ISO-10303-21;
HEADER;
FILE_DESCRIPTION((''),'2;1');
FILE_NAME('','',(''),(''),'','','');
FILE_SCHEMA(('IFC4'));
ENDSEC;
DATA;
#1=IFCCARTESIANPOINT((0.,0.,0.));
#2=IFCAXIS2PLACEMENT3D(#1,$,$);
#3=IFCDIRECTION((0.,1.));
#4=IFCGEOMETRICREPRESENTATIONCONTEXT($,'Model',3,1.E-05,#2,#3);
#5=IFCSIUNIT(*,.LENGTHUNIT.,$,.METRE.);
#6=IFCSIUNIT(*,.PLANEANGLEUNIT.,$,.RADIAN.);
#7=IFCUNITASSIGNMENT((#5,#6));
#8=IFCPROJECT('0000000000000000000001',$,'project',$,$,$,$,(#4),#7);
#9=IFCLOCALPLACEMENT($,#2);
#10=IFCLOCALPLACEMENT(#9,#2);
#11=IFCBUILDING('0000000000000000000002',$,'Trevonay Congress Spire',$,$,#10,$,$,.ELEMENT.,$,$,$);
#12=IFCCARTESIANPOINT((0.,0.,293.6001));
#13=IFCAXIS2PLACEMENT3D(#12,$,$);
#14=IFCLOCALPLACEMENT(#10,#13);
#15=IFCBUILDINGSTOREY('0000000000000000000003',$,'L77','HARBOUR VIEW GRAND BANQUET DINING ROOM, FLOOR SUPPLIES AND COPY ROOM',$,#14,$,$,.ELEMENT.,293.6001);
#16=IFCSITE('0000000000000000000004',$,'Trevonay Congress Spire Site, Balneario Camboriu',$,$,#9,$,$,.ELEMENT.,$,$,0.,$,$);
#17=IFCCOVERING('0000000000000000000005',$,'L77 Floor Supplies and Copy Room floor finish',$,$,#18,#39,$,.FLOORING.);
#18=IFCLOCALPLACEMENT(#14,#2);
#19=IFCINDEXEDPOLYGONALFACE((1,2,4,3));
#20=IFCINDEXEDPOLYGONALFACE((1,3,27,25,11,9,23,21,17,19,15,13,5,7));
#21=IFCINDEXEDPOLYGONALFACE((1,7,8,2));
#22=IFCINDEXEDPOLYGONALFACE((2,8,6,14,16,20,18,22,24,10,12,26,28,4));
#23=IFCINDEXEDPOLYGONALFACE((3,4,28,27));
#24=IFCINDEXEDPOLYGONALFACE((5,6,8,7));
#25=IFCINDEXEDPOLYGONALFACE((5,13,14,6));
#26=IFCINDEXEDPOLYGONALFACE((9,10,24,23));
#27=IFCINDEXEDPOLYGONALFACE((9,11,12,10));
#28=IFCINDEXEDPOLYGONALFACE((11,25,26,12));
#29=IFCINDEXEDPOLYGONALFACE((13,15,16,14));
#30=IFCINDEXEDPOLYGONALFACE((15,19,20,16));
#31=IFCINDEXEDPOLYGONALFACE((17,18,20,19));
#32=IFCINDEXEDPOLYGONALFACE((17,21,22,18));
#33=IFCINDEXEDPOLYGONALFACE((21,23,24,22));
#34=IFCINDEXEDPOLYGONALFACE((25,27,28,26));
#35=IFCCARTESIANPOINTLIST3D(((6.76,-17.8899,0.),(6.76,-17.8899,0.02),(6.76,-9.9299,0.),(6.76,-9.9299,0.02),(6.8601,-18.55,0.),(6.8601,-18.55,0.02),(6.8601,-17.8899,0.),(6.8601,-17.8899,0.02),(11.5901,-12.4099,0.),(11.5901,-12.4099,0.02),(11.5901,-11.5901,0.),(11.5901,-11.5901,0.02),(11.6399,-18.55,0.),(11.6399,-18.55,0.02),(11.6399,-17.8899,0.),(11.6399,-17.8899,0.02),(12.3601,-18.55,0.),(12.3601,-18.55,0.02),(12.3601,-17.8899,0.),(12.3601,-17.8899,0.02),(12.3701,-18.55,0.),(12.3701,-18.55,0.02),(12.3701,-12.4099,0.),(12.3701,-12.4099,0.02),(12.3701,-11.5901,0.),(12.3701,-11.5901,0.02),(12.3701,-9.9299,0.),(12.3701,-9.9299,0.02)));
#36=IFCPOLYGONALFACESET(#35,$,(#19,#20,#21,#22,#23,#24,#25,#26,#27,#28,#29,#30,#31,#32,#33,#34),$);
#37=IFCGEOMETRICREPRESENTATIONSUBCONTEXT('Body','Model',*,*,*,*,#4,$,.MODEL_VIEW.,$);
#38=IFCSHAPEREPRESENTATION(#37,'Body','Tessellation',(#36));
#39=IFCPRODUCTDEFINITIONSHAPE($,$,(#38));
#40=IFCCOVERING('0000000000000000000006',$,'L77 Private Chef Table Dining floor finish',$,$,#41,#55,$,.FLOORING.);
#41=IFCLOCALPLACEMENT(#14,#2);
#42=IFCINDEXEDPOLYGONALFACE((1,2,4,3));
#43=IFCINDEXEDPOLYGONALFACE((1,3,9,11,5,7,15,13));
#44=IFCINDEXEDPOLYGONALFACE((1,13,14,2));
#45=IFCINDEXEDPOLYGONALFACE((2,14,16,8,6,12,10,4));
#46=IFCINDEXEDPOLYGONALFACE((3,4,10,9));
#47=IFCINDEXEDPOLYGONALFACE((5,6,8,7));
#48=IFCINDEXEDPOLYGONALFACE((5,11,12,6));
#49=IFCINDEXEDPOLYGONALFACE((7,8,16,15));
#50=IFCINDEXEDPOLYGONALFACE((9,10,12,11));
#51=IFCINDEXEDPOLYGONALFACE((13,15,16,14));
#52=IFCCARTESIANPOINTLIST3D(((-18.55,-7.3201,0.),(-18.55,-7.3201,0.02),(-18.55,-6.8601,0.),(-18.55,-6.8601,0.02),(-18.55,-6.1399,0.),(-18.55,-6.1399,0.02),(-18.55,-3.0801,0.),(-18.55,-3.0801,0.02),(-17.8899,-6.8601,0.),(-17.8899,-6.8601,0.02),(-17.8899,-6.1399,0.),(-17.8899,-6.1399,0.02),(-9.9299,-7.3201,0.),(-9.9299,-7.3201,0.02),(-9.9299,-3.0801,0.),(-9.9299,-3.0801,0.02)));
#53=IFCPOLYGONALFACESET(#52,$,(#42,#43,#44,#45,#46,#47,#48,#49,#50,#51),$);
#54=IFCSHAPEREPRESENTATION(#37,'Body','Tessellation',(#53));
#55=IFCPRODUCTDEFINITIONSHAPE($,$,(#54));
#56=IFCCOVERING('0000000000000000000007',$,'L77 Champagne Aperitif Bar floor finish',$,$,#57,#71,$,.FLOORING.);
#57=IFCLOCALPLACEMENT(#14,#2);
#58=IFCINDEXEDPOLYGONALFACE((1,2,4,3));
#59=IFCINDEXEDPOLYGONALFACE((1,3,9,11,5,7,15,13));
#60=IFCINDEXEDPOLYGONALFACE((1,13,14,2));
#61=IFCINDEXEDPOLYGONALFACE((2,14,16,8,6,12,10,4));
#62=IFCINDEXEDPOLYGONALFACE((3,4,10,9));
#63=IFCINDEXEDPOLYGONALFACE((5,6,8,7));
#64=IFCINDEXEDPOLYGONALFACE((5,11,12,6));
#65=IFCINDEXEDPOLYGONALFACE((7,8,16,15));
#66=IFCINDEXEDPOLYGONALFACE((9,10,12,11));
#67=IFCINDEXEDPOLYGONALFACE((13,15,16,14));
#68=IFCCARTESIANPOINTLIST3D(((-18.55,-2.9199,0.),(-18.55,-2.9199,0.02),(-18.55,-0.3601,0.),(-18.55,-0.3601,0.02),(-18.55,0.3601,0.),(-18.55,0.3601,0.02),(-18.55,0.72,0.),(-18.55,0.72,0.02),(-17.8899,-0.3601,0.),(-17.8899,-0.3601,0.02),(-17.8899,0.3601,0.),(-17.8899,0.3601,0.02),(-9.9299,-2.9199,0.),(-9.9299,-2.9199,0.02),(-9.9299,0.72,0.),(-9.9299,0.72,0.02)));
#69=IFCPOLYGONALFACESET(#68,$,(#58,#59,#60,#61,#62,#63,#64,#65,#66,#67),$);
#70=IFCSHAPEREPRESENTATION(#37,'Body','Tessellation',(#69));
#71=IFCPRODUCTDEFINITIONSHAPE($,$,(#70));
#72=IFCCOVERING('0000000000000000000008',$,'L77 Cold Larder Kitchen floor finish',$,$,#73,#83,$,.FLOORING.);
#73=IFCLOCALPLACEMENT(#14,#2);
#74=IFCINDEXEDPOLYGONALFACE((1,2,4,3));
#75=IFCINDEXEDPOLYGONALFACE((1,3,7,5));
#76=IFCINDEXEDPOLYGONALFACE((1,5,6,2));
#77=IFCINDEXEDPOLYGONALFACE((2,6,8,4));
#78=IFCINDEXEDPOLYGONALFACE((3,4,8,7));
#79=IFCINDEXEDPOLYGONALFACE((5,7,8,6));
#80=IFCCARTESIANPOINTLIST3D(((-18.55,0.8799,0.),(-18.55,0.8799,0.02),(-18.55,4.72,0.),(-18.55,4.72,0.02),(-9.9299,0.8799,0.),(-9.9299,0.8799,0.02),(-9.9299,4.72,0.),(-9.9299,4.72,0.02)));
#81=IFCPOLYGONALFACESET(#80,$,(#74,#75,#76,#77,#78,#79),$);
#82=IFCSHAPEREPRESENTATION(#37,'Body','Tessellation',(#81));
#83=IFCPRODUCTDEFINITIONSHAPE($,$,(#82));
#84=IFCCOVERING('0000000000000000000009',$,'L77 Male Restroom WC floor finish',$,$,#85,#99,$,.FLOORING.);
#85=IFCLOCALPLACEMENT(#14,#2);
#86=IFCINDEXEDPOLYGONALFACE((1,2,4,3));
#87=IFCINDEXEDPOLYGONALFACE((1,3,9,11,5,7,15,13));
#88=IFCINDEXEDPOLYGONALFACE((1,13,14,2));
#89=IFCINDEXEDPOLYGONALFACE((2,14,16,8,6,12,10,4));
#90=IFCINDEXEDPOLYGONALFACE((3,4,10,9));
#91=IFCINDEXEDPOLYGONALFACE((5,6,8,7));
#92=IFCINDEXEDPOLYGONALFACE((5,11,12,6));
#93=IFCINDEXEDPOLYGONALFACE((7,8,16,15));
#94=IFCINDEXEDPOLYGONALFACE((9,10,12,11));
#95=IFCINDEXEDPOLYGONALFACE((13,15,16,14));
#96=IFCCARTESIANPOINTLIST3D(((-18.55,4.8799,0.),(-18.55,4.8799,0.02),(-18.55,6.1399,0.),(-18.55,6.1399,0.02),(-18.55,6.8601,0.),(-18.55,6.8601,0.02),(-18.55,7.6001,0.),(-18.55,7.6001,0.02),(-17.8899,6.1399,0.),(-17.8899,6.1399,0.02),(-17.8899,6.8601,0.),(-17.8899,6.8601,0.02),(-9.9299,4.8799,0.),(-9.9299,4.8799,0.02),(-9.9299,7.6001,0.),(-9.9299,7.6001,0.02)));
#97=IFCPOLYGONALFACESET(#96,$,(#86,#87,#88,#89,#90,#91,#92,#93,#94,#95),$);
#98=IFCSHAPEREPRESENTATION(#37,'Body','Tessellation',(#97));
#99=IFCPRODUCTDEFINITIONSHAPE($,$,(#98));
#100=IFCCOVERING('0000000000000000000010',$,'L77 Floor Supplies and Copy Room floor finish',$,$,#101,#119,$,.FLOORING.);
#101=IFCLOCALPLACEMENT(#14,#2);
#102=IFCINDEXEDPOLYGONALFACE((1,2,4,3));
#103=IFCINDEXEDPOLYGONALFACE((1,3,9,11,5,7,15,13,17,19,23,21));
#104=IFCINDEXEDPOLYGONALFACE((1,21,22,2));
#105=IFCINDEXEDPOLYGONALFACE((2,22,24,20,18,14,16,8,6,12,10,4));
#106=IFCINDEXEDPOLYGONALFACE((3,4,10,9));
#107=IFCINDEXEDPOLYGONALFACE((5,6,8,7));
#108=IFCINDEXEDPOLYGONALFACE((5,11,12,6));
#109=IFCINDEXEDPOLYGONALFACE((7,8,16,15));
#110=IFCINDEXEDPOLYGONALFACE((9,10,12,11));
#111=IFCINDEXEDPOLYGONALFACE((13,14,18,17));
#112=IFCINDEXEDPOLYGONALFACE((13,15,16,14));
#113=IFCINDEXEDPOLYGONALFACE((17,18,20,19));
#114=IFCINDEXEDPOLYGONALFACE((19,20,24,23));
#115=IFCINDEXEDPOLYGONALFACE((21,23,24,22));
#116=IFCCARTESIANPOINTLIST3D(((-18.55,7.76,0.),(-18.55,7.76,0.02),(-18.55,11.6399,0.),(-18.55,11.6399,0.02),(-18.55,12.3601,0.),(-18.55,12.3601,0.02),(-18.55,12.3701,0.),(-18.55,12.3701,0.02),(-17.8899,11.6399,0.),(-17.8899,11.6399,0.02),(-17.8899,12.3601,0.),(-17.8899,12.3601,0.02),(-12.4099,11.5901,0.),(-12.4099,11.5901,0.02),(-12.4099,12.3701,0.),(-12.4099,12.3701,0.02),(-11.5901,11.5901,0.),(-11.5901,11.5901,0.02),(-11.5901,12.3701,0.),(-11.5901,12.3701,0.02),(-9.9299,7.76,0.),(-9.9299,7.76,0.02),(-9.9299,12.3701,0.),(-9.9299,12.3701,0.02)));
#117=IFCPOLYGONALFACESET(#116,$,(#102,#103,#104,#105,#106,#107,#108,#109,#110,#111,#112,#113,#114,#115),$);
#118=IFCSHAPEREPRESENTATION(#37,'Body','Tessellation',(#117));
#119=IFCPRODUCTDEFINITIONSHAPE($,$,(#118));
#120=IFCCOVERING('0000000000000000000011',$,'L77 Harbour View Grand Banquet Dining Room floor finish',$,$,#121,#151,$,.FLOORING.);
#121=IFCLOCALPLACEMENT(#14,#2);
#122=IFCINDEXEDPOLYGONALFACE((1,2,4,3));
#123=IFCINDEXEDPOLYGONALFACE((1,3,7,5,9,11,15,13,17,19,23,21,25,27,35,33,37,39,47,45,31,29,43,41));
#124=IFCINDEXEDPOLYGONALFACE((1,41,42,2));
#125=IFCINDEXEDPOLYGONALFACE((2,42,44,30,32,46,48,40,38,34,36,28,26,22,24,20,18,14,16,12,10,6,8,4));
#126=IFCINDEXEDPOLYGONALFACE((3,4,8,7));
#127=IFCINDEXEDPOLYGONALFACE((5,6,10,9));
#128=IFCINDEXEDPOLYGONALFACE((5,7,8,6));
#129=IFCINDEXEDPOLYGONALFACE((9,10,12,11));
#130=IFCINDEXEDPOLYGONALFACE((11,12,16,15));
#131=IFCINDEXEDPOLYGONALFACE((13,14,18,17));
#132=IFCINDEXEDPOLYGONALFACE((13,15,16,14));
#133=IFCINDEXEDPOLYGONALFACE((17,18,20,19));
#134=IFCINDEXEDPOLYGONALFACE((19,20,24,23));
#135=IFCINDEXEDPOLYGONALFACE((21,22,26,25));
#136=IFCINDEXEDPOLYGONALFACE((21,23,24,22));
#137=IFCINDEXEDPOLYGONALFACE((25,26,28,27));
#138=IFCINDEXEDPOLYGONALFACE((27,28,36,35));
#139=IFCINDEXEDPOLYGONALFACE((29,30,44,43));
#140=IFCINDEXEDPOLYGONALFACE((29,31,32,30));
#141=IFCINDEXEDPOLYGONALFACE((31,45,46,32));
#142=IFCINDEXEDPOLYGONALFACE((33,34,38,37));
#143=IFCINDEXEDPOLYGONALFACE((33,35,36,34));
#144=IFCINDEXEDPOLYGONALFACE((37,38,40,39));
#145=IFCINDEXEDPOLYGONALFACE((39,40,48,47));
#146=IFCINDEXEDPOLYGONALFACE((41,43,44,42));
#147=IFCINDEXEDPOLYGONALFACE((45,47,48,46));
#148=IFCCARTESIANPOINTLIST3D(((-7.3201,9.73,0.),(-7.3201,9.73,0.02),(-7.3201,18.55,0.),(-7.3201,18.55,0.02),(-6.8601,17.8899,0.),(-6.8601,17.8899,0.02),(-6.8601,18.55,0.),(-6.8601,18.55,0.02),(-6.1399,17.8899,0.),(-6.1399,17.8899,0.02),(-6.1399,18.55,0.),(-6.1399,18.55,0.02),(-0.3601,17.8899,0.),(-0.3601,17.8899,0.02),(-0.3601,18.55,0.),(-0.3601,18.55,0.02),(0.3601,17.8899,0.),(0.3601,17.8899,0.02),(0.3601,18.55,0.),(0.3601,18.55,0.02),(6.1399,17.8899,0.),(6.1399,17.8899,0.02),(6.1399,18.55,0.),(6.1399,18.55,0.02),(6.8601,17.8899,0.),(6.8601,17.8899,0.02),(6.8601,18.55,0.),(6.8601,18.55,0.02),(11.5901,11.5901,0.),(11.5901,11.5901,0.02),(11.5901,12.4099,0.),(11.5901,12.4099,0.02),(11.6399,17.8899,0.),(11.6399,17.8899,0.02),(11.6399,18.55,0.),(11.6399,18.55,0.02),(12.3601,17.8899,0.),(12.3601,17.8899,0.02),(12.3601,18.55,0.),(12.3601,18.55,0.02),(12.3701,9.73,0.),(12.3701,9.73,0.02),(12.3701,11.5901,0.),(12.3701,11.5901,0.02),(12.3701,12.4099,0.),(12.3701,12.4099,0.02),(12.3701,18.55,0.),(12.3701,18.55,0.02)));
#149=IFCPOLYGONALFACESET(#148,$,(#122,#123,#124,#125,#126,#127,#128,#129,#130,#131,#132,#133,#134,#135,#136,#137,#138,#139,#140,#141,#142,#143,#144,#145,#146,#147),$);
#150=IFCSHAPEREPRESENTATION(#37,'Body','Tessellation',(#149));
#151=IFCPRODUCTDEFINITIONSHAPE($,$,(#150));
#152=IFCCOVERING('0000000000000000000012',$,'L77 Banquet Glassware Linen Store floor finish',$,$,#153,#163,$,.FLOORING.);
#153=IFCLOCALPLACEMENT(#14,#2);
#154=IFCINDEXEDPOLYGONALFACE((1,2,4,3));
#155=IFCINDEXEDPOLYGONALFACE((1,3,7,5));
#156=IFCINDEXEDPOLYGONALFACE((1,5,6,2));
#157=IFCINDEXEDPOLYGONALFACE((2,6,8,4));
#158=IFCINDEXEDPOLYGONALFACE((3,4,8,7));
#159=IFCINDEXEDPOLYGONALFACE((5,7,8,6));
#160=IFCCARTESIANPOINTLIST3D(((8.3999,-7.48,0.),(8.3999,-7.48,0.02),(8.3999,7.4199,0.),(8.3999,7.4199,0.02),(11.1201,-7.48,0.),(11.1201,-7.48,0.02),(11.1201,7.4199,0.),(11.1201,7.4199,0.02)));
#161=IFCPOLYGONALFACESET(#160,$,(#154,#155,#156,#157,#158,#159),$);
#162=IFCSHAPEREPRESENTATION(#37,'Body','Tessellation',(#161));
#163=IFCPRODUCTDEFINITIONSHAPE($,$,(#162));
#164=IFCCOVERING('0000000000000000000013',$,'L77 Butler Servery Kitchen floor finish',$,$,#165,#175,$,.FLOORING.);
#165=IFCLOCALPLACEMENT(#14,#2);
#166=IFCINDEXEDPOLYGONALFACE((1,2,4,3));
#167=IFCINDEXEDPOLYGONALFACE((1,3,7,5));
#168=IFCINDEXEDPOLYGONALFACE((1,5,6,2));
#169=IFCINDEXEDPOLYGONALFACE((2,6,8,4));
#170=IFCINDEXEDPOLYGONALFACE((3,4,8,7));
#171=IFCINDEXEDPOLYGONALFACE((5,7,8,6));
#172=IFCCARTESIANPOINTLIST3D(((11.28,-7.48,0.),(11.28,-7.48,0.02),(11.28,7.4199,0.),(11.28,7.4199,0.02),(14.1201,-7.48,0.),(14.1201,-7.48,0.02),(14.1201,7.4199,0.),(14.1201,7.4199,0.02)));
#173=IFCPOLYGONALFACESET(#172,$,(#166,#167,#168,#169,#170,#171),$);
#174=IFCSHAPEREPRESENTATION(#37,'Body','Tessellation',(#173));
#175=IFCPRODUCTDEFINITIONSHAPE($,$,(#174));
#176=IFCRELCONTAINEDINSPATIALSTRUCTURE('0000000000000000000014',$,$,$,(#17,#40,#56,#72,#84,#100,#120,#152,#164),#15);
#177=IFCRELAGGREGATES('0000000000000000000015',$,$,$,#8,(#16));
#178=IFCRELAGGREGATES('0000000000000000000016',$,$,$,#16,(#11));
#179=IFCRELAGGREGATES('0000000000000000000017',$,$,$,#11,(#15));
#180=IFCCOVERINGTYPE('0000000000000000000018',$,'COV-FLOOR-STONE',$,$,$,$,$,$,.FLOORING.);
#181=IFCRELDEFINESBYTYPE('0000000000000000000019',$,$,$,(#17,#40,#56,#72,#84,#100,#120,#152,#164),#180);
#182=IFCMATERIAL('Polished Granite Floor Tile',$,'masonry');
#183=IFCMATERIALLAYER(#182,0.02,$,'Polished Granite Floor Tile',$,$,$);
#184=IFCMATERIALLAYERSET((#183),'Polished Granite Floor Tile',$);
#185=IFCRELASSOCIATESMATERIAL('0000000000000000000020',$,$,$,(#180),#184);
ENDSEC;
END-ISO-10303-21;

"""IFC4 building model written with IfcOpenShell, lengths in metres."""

from ifc_helpers import new_model, si_unit, direction, frame, origin, place, context, subcontext, project, spatial, polyline, outline, extrude, material, layer, layer_set, type_object, element, save


model = new_model("IFC4")

# Units and contexts
model_context = context("Model", 3, precision=1e-05, world=origin(), true_north=direction((0.0, 1.0)))
body_context = subcontext(model_context, "Body", "Model", "MODEL_VIEW")
ifc_project = project(units=[si_unit("LENGTHUNIT", "METRE"), si_unit("PLANEANGLEUNIT", "RADIAN")], contexts=[model_context])

# Site, building, storey
site_placement = place(None, origin())
site = spatial("IfcSite", under=ifc_project, at=site_placement, Name="Trevonay Congress Spire Site, Balneario Camboriu", CompositionType="ELEMENT", RefElevation=0.0)
building_placement = place(site_placement, origin())
building = spatial("IfcBuilding", under=site, at=building_placement, Name="Trevonay Congress Spire", CompositionType="ELEMENT")
storey_placement = place(building_placement, frame((0.0, 0.0, 293.6001)))
storey = spatial("IfcBuildingStorey", under=building, at=storey_placement, Name="L77", Description="HARBOUR VIEW GRAND BANQUET DINING ROOM, FLOOR SUPPLIES AND COPY ROOM", CompositionType="ELEMENT", Elevation=293.6001)

# Coverings
ifc_material_1 = material(Name="Polished Granite Floor Tile", Category="masonry")
ifc_layer_1 = layer(ifc_material_1, 0.02, Name="Polished Granite Floor Tile")
ifc_layer_set_1 = layer_set([ifc_layer_1], Name="Polished Granite Floor Tile")
covering_type_1 = type_object("IfcCoveringType", Name="COV-FLOOR-STONE", PredefinedType="FLOORING", material=ifc_layer_set_1)
covering_1_placement = place(storey_placement, origin())
element("IfcCovering", 1, at=covering_1_placement, inside=storey, type_object=covering_type_1, Name="L77 Floor Supplies and Copy Room floor finish", PredefinedType="FLOORING", context=body_context, shape_type="SweptSolid", body=[
    extrude(outline(polyline([(6.8601, -18.55), (6.8601, -17.8899), (6.76, -17.8899), (6.76, -9.9299), (12.3701, -9.9299), (12.3701, -11.5901), (11.5901, -11.5901), (11.5901, -12.4099), (12.3701, -12.4099), (12.3701, -18.55), (12.3601, -18.55), (12.3601, -17.8899), (11.6399, -17.8899), (11.6399, -18.55), (6.8601, -18.55)])), origin(), (0.0, 0.0, 1.0), 0.02),
])
covering_2_placement = place(storey_placement, origin())
element("IfcCovering", 2, at=covering_2_placement, inside=storey, type_object=covering_type_1, Name="L77 Private Chef Table Dining floor finish", PredefinedType="FLOORING", context=body_context, shape_type="SweptSolid", body=[
    extrude(outline(polyline([(-18.55, -3.0801), (-9.9299, -3.0801), (-9.9299, -7.3201), (-18.55, -7.3201), (-18.55, -6.8601), (-17.8899, -6.8601), (-17.8899, -6.1399), (-18.55, -6.1399), (-18.55, -3.0801)])), origin(), (0.0, 0.0, 1.0), 0.02),
])
covering_3_placement = place(storey_placement, origin())
element("IfcCovering", 3, at=covering_3_placement, inside=storey, type_object=covering_type_1, Name="L77 Champagne Aperitif Bar floor finish", PredefinedType="FLOORING", context=body_context, shape_type="SweptSolid", body=[
    extrude(outline(polyline([(-18.55, 0.72), (-9.9299, 0.72), (-9.9299, -2.9199), (-18.55, -2.9199), (-18.55, -0.3601), (-17.8899, -0.3601), (-17.8899, 0.3601), (-18.55, 0.3601), (-18.55, 0.72)])), origin(), (0.0, 0.0, 1.0), 0.02),
])
covering_4_placement = place(storey_placement, origin())
element("IfcCovering", 4, at=covering_4_placement, inside=storey, type_object=covering_type_1, Name="L77 Cold Larder Kitchen floor finish", PredefinedType="FLOORING", context=body_context, shape_type="SweptSolid", body=[
    extrude(outline(polyline([(-18.55, 0.8799), (-9.9299, 0.8799), (-9.9299, 4.72), (-18.55, 4.72), (-18.55, 0.8799)])), origin(), (0.0, 0.0, 1.0), 0.02),
])
covering_5_placement = place(storey_placement, origin())
element("IfcCovering", 5, at=covering_5_placement, inside=storey, type_object=covering_type_1, Name="L77 Male Restroom WC floor finish", PredefinedType="FLOORING", context=body_context, shape_type="SweptSolid", body=[
    extrude(outline(polyline([(-18.55, 7.6001), (-9.9299, 7.6001), (-9.9299, 4.8799), (-18.55, 4.8799), (-18.55, 6.1399), (-17.8899, 6.1399), (-17.8899, 6.8601), (-18.55, 6.8601), (-18.55, 7.6001)])), origin(), (0.0, 0.0, 1.0), 0.02),
])
covering_6_placement = place(storey_placement, origin())
element("IfcCovering", 6, at=covering_6_placement, inside=storey, type_object=covering_type_1, Name="L77 Floor Supplies and Copy Room floor finish", PredefinedType="FLOORING", context=body_context, shape_type="SweptSolid", body=[
    extrude(outline(polyline([(-9.9299, 12.3701), (-9.9299, 7.76), (-18.55, 7.76), (-18.55, 11.6399), (-17.8899, 11.6399), (-17.8899, 12.3601), (-18.55, 12.3601), (-18.55, 12.3701), (-12.4099, 12.3701), (-12.4099, 11.5901), (-11.5901, 11.5901), (-11.5901, 12.3701), (-9.9299, 12.3701)])), origin(), (0.0, 0.0, 1.0), 0.02),
])
covering_7_placement = place(storey_placement, origin())
element("IfcCovering", 7, at=covering_7_placement, inside=storey, type_object=covering_type_1, Name="L77 Harbour View Grand Banquet Dining Room floor finish", PredefinedType="FLOORING", context=body_context, shape_type="SweptSolid", body=[
    extrude(outline(polyline([(12.3701, 9.73), (-7.3201, 9.73), (-7.3201, 18.55), (-6.8601, 18.55), (-6.8601, 17.8899), (-6.1399, 17.8899), (-6.1399, 18.55), (-0.3601, 18.55), (-0.3601, 17.8899), (0.3601, 17.8899), (0.3601, 18.55), (6.1399, 18.55), (6.1399, 17.8899), (6.8601, 17.8899), (6.8601, 18.55), (11.6399, 18.55), (11.6399, 17.8899), (12.3601, 17.8899), (12.3601, 18.55), (12.3701, 18.55), (12.3701, 12.4099), (11.5901, 12.4099), (11.5901, 11.5901), (12.3701, 11.5901), (12.3701, 9.73)])), origin(), (0.0, 0.0, 1.0), 0.02),
])
covering_8_placement = place(storey_placement, origin())
element("IfcCovering", 8, at=covering_8_placement, inside=storey, type_object=covering_type_1, Name="L77 Banquet Glassware Linen Store floor finish", PredefinedType="FLOORING", context=body_context, shape_type="SweptSolid", body=[
    extrude(outline(polyline([(8.3999, -7.48), (11.1201, -7.48), (11.1201, 7.4199), (8.3999, 7.4199), (8.3999, -7.48)])), origin(), (0.0, 0.0, 1.0), 0.02),
])
covering_9_placement = place(storey_placement, origin())
element("IfcCovering", 9, at=covering_9_placement, inside=storey, type_object=covering_type_1, Name="L77 Butler Servery Kitchen floor finish", PredefinedType="FLOORING", context=body_context, shape_type="SweptSolid", body=[
    extrude(outline(polyline([(11.28, -7.48), (14.1201, -7.48), (14.1201, 7.4199), (11.28, 7.4199), (11.28, -7.48)])), origin(), (0.0, 0.0, 1.0), 0.02),
])

save(model, "model.ifc")
